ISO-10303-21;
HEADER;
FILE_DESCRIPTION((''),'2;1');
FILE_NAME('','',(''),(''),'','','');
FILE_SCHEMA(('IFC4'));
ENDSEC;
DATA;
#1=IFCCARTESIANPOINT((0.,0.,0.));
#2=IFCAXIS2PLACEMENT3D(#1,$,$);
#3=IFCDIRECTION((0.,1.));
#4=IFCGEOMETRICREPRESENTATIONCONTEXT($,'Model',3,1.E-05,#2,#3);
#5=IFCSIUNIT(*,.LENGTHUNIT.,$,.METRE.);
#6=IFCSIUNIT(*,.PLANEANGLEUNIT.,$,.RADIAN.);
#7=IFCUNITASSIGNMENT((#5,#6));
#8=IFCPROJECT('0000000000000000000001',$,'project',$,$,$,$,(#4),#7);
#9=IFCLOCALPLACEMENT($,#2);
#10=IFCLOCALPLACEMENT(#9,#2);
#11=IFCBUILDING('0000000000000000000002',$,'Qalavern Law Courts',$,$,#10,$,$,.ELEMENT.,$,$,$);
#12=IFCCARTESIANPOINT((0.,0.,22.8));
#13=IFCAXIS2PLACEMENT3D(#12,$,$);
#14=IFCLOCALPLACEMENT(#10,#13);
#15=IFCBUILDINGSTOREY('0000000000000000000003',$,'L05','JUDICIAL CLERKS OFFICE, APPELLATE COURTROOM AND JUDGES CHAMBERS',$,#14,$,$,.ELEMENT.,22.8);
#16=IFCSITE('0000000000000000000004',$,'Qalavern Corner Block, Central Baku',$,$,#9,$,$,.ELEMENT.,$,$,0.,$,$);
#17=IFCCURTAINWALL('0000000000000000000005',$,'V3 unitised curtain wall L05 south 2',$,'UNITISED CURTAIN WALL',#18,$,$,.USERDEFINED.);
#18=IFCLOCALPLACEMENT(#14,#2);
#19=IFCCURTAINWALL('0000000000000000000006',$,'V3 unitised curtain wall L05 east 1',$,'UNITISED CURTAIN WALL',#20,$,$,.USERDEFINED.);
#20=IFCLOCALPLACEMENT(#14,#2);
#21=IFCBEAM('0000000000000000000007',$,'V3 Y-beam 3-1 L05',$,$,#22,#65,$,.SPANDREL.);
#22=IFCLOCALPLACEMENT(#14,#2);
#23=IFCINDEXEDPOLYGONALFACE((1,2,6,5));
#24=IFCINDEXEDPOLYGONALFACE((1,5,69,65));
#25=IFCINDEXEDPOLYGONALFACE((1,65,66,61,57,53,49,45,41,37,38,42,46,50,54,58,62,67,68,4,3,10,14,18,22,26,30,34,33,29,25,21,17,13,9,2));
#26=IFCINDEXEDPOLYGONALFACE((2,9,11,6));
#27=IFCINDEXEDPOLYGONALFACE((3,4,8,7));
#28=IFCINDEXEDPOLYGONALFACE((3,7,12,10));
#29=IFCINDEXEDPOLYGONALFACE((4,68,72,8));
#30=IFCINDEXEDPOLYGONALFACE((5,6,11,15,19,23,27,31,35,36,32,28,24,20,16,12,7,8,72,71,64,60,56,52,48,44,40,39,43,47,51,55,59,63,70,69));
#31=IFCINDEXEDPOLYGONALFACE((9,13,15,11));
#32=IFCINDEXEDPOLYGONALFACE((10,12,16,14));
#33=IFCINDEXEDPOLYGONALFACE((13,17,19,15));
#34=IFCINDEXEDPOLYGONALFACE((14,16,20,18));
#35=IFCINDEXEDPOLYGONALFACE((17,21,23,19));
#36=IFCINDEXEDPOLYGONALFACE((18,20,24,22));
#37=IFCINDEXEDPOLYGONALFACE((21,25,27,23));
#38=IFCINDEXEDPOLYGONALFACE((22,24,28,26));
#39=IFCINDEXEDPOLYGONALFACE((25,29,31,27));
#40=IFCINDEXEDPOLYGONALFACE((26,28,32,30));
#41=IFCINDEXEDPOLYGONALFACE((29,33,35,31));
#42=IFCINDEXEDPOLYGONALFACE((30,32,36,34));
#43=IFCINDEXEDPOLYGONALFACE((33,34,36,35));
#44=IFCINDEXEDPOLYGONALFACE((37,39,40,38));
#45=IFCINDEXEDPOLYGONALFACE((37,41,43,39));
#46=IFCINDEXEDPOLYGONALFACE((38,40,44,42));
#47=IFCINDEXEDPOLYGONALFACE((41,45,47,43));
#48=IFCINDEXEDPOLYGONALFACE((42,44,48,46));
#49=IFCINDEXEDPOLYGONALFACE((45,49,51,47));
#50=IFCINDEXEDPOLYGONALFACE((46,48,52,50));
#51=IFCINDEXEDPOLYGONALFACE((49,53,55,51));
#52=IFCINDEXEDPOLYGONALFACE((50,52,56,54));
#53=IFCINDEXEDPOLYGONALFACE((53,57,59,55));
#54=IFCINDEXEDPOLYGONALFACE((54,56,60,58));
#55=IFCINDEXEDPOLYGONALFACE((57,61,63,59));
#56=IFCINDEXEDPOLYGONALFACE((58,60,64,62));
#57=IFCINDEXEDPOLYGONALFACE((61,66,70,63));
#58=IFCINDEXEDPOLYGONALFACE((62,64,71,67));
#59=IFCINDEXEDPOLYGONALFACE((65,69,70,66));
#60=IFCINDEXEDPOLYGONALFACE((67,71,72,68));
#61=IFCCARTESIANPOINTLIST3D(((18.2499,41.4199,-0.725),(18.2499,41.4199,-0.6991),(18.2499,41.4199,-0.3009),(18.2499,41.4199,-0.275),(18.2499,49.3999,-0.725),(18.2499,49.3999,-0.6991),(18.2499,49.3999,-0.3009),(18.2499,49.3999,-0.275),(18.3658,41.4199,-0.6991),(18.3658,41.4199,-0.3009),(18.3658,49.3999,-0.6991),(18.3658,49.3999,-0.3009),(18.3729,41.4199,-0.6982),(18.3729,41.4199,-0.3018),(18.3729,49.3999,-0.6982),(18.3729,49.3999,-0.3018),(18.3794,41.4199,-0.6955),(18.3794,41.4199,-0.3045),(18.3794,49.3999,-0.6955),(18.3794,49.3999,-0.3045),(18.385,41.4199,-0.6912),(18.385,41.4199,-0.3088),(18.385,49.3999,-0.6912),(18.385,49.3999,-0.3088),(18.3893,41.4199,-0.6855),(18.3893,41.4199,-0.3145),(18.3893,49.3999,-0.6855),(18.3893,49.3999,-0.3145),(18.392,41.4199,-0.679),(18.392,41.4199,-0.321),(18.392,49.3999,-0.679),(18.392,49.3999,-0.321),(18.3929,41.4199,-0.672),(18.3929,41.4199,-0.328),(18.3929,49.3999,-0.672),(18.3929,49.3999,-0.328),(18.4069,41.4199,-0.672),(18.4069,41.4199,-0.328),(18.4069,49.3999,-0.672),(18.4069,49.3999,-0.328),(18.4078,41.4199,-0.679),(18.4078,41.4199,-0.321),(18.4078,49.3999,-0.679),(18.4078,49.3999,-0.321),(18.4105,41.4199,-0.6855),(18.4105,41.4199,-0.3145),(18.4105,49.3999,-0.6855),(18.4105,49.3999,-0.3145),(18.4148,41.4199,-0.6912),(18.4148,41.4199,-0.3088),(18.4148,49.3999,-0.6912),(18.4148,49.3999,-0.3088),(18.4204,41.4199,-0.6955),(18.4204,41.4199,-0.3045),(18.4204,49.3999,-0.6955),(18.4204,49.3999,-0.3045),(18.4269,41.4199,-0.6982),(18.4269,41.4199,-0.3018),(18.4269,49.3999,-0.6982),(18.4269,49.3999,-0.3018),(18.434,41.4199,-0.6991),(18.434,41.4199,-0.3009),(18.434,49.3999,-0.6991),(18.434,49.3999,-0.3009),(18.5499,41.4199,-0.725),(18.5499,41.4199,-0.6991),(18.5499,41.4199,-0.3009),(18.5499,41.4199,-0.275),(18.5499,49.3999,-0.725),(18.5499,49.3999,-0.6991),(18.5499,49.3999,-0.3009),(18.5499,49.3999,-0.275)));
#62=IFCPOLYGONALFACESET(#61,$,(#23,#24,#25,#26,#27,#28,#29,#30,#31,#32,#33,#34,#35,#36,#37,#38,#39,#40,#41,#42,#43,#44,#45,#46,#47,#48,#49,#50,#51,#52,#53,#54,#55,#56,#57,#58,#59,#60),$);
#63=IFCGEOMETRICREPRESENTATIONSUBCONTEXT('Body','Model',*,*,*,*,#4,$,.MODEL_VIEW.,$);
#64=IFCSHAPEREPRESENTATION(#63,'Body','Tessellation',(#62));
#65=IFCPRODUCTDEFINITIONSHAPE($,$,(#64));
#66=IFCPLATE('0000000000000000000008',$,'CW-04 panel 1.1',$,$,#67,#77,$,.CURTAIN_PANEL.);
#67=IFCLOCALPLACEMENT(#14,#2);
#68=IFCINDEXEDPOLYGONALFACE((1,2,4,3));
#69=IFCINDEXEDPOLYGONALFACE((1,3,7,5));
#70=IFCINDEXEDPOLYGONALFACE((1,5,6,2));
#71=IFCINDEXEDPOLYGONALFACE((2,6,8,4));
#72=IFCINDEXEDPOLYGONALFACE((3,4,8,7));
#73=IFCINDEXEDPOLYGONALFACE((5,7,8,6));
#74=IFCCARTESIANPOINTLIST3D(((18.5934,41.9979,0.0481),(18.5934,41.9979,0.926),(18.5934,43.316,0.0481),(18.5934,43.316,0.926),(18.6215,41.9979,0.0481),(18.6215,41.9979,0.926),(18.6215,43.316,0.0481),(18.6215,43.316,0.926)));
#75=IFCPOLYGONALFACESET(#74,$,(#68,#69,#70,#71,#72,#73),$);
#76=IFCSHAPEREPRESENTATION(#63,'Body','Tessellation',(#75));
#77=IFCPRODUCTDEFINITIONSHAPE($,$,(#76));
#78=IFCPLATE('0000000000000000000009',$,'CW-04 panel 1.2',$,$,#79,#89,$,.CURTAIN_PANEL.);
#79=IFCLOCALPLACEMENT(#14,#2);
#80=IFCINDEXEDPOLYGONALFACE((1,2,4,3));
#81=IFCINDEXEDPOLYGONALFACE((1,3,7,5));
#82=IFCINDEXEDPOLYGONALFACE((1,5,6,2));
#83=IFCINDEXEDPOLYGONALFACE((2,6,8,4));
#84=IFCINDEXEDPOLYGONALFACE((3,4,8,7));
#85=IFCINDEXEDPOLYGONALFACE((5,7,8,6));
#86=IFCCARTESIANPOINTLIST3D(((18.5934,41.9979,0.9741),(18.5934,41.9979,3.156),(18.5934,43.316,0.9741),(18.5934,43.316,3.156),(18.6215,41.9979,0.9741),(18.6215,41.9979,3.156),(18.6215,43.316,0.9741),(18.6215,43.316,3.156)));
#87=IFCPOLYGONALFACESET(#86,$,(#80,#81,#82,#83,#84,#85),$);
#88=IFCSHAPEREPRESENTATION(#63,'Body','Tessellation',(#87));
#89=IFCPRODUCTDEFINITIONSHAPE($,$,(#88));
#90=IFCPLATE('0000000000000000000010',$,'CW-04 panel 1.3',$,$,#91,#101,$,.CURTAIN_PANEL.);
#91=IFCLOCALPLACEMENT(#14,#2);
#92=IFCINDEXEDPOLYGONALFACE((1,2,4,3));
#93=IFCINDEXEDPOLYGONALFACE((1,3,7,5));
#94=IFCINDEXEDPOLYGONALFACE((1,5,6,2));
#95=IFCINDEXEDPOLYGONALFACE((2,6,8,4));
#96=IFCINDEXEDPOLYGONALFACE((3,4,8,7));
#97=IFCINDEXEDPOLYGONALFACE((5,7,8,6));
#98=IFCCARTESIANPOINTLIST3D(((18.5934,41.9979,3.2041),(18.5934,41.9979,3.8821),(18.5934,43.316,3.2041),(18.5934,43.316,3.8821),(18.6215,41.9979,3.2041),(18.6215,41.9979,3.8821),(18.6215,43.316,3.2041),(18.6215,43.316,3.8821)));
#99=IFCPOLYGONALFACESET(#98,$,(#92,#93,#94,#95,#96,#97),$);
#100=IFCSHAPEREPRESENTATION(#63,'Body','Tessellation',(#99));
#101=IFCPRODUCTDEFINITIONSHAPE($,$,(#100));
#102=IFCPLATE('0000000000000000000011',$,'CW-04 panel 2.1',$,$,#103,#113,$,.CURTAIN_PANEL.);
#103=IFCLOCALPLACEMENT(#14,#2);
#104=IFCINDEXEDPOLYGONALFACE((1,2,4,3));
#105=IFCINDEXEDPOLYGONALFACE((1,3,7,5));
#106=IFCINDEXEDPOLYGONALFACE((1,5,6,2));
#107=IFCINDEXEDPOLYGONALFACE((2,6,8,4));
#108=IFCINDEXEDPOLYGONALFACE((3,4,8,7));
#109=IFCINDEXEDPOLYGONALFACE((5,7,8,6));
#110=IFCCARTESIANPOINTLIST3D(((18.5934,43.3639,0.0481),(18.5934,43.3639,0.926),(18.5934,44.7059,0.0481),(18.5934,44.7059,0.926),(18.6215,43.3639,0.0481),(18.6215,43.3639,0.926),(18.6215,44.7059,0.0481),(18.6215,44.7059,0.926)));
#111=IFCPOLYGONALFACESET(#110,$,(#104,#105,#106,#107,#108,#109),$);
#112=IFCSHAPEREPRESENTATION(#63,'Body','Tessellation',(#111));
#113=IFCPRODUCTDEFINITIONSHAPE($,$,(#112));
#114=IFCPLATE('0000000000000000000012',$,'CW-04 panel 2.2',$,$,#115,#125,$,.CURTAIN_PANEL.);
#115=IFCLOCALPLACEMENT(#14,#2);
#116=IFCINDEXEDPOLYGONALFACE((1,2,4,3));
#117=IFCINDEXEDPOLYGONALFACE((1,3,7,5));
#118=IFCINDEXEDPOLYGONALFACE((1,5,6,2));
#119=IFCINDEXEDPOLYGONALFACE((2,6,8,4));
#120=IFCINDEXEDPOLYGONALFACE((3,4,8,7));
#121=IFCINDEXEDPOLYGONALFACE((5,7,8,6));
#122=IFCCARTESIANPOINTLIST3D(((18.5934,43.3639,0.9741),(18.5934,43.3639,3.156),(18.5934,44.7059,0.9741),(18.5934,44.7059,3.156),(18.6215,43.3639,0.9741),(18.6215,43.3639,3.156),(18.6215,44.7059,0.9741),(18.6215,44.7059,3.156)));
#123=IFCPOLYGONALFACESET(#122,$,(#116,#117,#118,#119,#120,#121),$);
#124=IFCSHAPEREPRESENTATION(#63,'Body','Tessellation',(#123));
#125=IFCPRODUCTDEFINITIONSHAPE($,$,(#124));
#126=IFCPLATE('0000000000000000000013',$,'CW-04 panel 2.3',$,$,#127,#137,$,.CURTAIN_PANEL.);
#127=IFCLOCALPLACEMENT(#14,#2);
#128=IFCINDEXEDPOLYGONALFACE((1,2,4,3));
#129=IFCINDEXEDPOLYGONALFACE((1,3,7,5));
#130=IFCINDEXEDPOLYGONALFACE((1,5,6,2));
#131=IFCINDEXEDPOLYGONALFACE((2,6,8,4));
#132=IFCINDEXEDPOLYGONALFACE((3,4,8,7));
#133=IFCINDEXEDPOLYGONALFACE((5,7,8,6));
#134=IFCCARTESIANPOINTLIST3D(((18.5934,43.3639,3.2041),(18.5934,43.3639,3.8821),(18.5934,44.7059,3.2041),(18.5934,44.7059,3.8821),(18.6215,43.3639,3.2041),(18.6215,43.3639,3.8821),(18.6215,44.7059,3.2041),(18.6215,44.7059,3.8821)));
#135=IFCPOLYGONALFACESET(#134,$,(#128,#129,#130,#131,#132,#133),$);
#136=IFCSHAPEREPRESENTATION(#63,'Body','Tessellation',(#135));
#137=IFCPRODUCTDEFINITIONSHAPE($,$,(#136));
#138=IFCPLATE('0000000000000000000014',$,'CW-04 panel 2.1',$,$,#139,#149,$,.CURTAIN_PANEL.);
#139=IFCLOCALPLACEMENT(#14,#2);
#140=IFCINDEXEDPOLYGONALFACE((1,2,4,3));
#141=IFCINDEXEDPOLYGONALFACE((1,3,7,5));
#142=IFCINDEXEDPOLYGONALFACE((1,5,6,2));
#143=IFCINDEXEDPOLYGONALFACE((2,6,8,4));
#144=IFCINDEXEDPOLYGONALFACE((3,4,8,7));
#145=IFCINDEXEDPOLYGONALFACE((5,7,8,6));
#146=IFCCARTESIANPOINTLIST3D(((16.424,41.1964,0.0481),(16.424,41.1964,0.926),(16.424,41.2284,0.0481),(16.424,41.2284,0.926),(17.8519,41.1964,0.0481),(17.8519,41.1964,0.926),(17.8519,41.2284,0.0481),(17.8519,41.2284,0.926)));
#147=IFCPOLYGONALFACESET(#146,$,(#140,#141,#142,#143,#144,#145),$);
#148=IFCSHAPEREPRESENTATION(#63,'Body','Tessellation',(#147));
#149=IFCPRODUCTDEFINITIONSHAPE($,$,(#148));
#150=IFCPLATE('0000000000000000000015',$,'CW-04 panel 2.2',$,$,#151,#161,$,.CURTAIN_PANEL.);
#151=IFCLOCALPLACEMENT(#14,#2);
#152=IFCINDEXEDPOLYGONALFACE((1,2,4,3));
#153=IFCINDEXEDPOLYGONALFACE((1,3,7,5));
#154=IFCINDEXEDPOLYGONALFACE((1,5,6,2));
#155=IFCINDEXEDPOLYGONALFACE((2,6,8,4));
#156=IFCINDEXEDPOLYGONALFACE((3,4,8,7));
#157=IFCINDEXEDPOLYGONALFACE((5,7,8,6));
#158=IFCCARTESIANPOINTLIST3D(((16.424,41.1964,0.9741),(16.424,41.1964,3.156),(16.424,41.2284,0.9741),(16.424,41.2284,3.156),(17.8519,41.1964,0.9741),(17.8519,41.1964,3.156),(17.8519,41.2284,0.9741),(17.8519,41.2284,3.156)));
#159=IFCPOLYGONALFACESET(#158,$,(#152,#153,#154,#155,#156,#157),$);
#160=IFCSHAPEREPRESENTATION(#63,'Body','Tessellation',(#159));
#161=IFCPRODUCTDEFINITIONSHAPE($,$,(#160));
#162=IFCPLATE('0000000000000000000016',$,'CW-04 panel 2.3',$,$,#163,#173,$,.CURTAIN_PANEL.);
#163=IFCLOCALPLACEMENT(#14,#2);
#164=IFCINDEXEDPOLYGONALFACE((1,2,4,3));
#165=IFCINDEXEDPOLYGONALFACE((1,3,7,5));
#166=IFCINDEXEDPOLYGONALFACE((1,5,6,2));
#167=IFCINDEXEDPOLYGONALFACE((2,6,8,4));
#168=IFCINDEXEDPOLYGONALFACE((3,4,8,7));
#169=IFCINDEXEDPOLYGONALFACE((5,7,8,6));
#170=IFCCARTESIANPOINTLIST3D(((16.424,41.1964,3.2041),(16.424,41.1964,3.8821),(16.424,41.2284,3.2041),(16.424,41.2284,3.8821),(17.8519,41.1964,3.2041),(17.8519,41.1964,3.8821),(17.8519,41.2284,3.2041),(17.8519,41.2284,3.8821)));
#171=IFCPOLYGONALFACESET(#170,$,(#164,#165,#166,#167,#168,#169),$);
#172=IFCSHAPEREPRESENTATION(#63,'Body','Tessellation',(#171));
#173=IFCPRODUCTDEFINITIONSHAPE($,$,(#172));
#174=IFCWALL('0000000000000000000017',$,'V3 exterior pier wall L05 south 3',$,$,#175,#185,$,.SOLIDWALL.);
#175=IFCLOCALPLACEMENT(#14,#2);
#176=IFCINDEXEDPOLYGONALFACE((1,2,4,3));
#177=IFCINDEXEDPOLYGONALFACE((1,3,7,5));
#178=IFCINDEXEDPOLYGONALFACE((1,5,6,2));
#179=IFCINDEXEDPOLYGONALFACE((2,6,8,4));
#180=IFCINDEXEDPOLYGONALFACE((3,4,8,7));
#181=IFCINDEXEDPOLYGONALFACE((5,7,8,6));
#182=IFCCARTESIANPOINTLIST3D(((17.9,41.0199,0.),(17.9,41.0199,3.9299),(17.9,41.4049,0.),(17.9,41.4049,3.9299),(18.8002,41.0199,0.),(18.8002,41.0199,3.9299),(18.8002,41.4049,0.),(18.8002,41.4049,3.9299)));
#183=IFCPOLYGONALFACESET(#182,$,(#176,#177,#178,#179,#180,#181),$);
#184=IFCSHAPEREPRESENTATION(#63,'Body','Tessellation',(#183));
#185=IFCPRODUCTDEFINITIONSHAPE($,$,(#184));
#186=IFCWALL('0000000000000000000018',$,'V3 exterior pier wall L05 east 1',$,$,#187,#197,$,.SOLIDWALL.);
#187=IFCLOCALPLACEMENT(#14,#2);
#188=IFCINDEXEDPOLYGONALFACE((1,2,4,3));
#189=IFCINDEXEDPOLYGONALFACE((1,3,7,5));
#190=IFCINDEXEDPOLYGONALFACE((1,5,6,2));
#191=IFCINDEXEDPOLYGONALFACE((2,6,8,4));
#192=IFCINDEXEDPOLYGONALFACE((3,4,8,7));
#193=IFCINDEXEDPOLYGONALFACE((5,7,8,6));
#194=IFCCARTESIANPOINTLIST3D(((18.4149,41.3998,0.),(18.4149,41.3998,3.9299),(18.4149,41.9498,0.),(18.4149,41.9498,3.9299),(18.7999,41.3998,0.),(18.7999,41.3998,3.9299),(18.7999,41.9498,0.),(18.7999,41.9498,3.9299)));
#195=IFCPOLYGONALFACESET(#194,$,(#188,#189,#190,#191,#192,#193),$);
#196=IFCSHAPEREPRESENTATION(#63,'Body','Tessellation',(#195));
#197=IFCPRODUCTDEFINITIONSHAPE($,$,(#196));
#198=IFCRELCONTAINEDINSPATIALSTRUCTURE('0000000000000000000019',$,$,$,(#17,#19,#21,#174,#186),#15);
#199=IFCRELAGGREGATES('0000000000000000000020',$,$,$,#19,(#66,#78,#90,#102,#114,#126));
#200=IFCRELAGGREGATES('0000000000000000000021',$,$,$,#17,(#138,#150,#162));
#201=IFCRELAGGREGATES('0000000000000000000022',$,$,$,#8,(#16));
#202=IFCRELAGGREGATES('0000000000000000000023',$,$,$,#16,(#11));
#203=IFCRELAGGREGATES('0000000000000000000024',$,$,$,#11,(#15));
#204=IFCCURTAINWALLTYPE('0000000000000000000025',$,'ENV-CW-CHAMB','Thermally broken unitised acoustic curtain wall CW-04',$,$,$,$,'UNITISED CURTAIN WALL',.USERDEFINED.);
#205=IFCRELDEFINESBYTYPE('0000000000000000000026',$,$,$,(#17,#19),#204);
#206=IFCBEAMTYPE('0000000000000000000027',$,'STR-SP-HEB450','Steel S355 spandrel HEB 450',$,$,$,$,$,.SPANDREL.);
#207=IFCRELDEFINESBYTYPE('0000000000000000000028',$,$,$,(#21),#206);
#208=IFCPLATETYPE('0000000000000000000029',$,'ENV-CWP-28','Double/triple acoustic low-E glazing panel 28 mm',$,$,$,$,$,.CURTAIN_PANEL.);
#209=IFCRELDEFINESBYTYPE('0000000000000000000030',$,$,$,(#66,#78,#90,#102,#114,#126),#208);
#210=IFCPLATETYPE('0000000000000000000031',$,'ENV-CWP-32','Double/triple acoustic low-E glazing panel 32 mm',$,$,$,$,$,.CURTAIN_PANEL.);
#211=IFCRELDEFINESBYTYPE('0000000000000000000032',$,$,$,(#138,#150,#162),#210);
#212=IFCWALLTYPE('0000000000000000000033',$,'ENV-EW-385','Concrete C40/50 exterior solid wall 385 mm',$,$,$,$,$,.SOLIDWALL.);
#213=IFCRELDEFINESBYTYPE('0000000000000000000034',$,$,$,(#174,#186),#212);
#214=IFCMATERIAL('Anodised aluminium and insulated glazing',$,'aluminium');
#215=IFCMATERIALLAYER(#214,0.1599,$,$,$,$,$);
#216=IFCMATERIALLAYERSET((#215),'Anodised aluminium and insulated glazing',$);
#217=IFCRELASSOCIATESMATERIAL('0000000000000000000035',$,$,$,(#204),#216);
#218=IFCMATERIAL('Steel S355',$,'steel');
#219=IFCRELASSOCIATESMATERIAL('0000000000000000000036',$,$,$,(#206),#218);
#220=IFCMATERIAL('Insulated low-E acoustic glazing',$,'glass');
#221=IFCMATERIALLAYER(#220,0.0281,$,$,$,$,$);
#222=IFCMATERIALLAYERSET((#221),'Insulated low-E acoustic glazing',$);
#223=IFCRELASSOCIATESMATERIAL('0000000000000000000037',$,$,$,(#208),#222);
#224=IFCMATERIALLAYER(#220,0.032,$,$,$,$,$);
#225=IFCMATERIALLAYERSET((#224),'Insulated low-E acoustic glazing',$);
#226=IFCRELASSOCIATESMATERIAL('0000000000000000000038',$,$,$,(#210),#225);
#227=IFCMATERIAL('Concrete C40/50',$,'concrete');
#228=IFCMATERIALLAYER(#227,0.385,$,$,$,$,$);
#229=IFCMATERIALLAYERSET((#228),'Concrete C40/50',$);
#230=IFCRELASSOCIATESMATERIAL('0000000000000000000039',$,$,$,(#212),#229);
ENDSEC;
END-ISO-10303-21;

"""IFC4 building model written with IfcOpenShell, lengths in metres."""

from ifc_helpers import new_model, si_unit, direction, frame, frame_2d, origin, origin_2d, place, context, subcontext, project, spatial, rectangle, i_section, extrude, material, layer, layer_set, material_profile, profile_set, type_object, element, aggregate, save


model = new_model("IFC4")

# Units and contexts
model_context = context("Model", 3, precision=1e-05, world=origin(), true_north=direction((0.0, 1.0)))
body_context = subcontext(model_context, "Body", "Model", "MODEL_VIEW")
ifc_project = project(units=[si_unit("LENGTHUNIT", "METRE"), si_unit("PLANEANGLEUNIT", "RADIAN")], contexts=[model_context])

# Site, building, storey
site_placement = place(None, origin())
site = spatial("IfcSite", under=ifc_project, at=site_placement, Name="Qalavern Corner Block, Central Baku", CompositionType="ELEMENT", RefElevation=0.0)
building_placement = place(site_placement, origin())
building = spatial("IfcBuilding", under=site, at=building_placement, Name="Qalavern Law Courts", CompositionType="ELEMENT")
storey_placement = place(building_placement, frame((0.0, 0.0, 22.8)))
storey = spatial("IfcBuildingStorey", under=building, at=storey_placement, Name="L05", Description="JUDICIAL CLERKS OFFICE, APPELLATE COURTROOM AND JUDGES CHAMBERS", CompositionType="ELEMENT", Elevation=22.8)

# Curtain wall
ifc_material_1 = material(Name="Anodised aluminium and insulated glazing", Category="aluminium")
ifc_layer_1 = layer(ifc_material_1, 0.1599)
ifc_layer_set_1 = layer_set([ifc_layer_1], Name="Anodised aluminium and insulated glazing")
curtain_wall_type = type_object("IfcCurtainWallType", Name="ENV-CW-CHAMB", Description="Thermally broken unitised acoustic curtain wall CW-04", ElementType="UNITISED CURTAIN WALL", PredefinedType="USERDEFINED", material=ifc_layer_set_1)
curtain_wall_1_placement = place(storey_placement, origin())
curtain_wall_1 = element("IfcCurtainWall", 1, at=curtain_wall_1_placement, inside=storey, type_object=curtain_wall_type, Name="V3 unitised curtain wall L05 south 2", ObjectType="UNITISED CURTAIN WALL", PredefinedType="USERDEFINED")

# Curtain wall
curtain_wall_2_placement = place(storey_placement, origin())
curtain_wall_2 = element("IfcCurtainWall", 2, at=curtain_wall_2_placement, inside=storey, type_object=curtain_wall_type, Name="V3 unitised curtain wall L05 east 1", ObjectType="UNITISED CURTAIN WALL", PredefinedType="USERDEFINED")

# Beam
ifc_material_2 = material(Name="Steel S355", Category="steel")
ifc_material_profile_1 = material_profile(ifc_material_2, i_section(OverallWidth=0.3, OverallDepth=0.45, WebThickness=0.0139, FlangeThickness=0.0259, FilletRadius=0.0271, at=origin_2d()), Name="HEB 450")
ifc_profile_set_1 = profile_set([ifc_material_profile_1], Name="Steel S355")
beam_type = type_object("IfcBeamType", Name="STR-SP-HEB450", Description="Steel S355 spandrel HEB 450", PredefinedType="SPANDREL", material=ifc_profile_set_1)
beam_placement = place(storey_placement, frame((18.3999, 41.4199, -0.5), z_axis=(0.0, 1.0, 0.0), x_axis=(-1.0, 0.0, 0.0)))
element("IfcBeam", 3, at=beam_placement, inside=storey, type_object=beam_type, Name="V3 Y-beam 3-1 L05", PredefinedType="SPANDREL", context=body_context, shape_type="SweptSolid", body=[
    extrude(i_section(OverallWidth=0.3, OverallDepth=0.45, WebThickness=0.0139, FlangeThickness=0.0259, FilletRadius=0.0271, at=origin_2d()), origin(), (0.0, 0.0, 1.0), 7.98),
])

# Plates
ifc_material_3 = material(Name="Insulated low-E acoustic glazing", Category="glass")
ifc_layer_2 = layer(ifc_material_3, 0.0281)
ifc_layer_set_2 = layer_set([ifc_layer_2], Name="Insulated low-E acoustic glazing")
plate_type_1 = type_object("IfcPlateType", Name="ENV-CWP-28", Description="Double/triple acoustic low-E glazing panel 28 mm", PredefinedType="CURTAIN_PANEL", material=ifc_layer_set_2)
plate_1_placement = place(storey_placement, frame((18.6074, 42.657, 0.0481), z_axis=(0.0, 0.0, 1.0), x_axis=(0.0, 1.0, 0.0)))
plate_1 = element("IfcPlate", 4, at=plate_1_placement, type_object=plate_type_1, Name="CW-04 panel 1.1", PredefinedType="CURTAIN_PANEL", context=body_context, shape_type="SweptSolid", body=[
    extrude(rectangle(XDim=1.3181, YDim=0.0281, at=origin_2d()), origin(), (0.0, 0.0, 1.0), 0.8779),
])
plate_2_placement = place(storey_placement, frame((18.6074, 42.657, 0.9741), z_axis=(0.0, 0.0, 1.0), x_axis=(0.0, 1.0, 0.0)))
plate_2 = element("IfcPlate", 5, at=plate_2_placement, type_object=plate_type_1, Name="CW-04 panel 1.2", PredefinedType="CURTAIN_PANEL", context=body_context, shape_type="SweptSolid", body=[
    extrude(rectangle(XDim=1.3181, YDim=0.0281, at=origin_2d()), origin(), (0.0, 0.0, 1.0), 2.1819),
])
plate_3_placement = place(storey_placement, frame((18.6074, 42.657, 3.2041), z_axis=(0.0, 0.0, 1.0), x_axis=(0.0, 1.0, 0.0)))
plate_3 = element("IfcPlate", 6, at=plate_3_placement, type_object=plate_type_1, Name="CW-04 panel 1.3", PredefinedType="CURTAIN_PANEL", context=body_context, shape_type="SweptSolid", body=[
    extrude(rectangle(XDim=1.3181, YDim=0.0281, at=origin_2d()), origin(), (0.0, 0.0, 1.0), 0.678),
])
plate_4_placement = place(storey_placement, frame((18.6074, 44.0349, 0.0481), z_axis=(0.0, 0.0, 1.0), x_axis=(0.0, 1.0, 0.0)))
plate_4 = element("IfcPlate", 7, at=plate_4_placement, type_object=plate_type_1, Name="CW-04 panel 2.1", PredefinedType="CURTAIN_PANEL", context=body_context, shape_type="SweptSolid", body=[
    extrude(rectangle(XDim=1.342, YDim=0.0281, at=origin_2d()), origin(), (0.0, 0.0, 1.0), 0.8779),
])
plate_5_placement = place(storey_placement, frame((18.6074, 44.0349, 0.9741), z_axis=(0.0, 0.0, 1.0), x_axis=(0.0, 1.0, 0.0)))
plate_5 = element("IfcPlate", 8, at=plate_5_placement, type_object=plate_type_1, Name="CW-04 panel 2.2", PredefinedType="CURTAIN_PANEL", context=body_context, shape_type="SweptSolid", body=[
    extrude(rectangle(XDim=1.342, YDim=0.0281, at=origin_2d()), origin(), (0.0, 0.0, 1.0), 2.1819),
])
plate_6_placement = place(storey_placement, frame((18.6074, 44.0349, 3.2041), z_axis=(0.0, 0.0, 1.0), x_axis=(0.0, 1.0, 0.0)))
plate_6 = element("IfcPlate", 9, at=plate_6_placement, type_object=plate_type_1, Name="CW-04 panel 2.3", PredefinedType="CURTAIN_PANEL", context=body_context, shape_type="SweptSolid", body=[
    extrude(rectangle(XDim=1.342, YDim=0.0281, at=origin_2d()), origin(), (0.0, 0.0, 1.0), 0.678),
])
aggregate(curtain_wall_2, [plate_1, plate_2, plate_3, plate_4, plate_5, plate_6])
ifc_layer_3 = layer(ifc_material_3, 0.032)
ifc_layer_set_3 = layer_set([ifc_layer_3], Name="Insulated low-E acoustic glazing")
plate_type_2 = type_object("IfcPlateType", Name="ENV-CWP-32", Description="Double/triple acoustic low-E glazing panel 32 mm", PredefinedType="CURTAIN_PANEL", material=ifc_layer_set_3)
plate_7_placement = place(storey_placement, frame((17.1379, 41.2124, 0.0481), z_axis=(0.0, 0.0, 1.0), x_axis=(1.0, 0.0, 0.0)))
plate_7 = element("IfcPlate", 10, at=plate_7_placement, type_object=plate_type_2, Name="CW-04 panel 2.1", PredefinedType="CURTAIN_PANEL", context=body_context, shape_type="SweptSolid", body=[
    extrude(rectangle(XDim=1.428, YDim=0.032, at=origin_2d()), origin(), (0.0, 0.0, 1.0), 0.8779),
])
plate_8_placement = place(storey_placement, frame((17.1379, 41.2124, 0.9741), z_axis=(0.0, 0.0, 1.0), x_axis=(1.0, 0.0, 0.0)))
plate_8 = element("IfcPlate", 11, at=plate_8_placement, type_object=plate_type_2, Name="CW-04 panel 2.2", PredefinedType="CURTAIN_PANEL", context=body_context, shape_type="SweptSolid", body=[
    extrude(rectangle(XDim=1.428, YDim=0.032, at=origin_2d()), origin(), (0.0, 0.0, 1.0), 2.1819),
])
plate_9_placement = place(storey_placement, frame((17.1379, 41.2124, 3.2041), z_axis=(0.0, 0.0, 1.0), x_axis=(1.0, 0.0, 0.0)))
plate_9 = element("IfcPlate", 12, at=plate_9_placement, type_object=plate_type_2, Name="CW-04 panel 2.3", PredefinedType="CURTAIN_PANEL", context=body_context, shape_type="SweptSolid", body=[
    extrude(rectangle(XDim=1.428, YDim=0.032, at=origin_2d()), origin(), (0.0, 0.0, 1.0), 0.678),
])
aggregate(curtain_wall_1, [plate_7, plate_8, plate_9])

# Walls
ifc_material_4 = material(Name="Concrete C40/50", Category="concrete")
ifc_layer_4 = layer(ifc_material_4, 0.385)
ifc_layer_set_4 = layer_set([ifc_layer_4], Name="Concrete C40/50")
wall_type = type_object("IfcWallType", Name="ENV-EW-385", Description="Concrete C40/50 exterior solid wall 385 mm", PredefinedType="SOLIDWALL", material=ifc_layer_set_4)
wall_1_placement = place(storey_placement, frame((17.8999, 41.2124, 0.0), z_axis=(0.0, 0.0, 1.0), x_axis=(1.0, 0.0, 0.0)))
element("IfcWall", 13, at=wall_1_placement, inside=storey, type_object=wall_type, Name="V3 exterior pier wall L05 south 3", PredefinedType="SOLIDWALL", context=body_context, shape_type="SweptSolid", body=[
    extrude(rectangle(XDim=0.9001, YDim=0.385, at=frame_2d((0.4502, 0.0))), origin(), (0.0, 0.0, 1.0), 3.9299),
])
wall_2_placement = place(storey_placement, frame((18.6074, 41.3999, 0.0), z_axis=(0.0, 0.0, 1.0), x_axis=(0.0, 1.0, 0.0)))
element("IfcWall", 14, at=wall_2_placement, inside=storey, type_object=wall_type, Name="V3 exterior pier wall L05 east 1", PredefinedType="SOLIDWALL", context=body_context, shape_type="SweptSolid", body=[
    extrude(rectangle(XDim=0.55, YDim=0.385, at=frame_2d((0.2749, 0.0))), origin(), (0.0, 0.0, 1.0), 3.9299),
])

save(model, "model.ifc")
